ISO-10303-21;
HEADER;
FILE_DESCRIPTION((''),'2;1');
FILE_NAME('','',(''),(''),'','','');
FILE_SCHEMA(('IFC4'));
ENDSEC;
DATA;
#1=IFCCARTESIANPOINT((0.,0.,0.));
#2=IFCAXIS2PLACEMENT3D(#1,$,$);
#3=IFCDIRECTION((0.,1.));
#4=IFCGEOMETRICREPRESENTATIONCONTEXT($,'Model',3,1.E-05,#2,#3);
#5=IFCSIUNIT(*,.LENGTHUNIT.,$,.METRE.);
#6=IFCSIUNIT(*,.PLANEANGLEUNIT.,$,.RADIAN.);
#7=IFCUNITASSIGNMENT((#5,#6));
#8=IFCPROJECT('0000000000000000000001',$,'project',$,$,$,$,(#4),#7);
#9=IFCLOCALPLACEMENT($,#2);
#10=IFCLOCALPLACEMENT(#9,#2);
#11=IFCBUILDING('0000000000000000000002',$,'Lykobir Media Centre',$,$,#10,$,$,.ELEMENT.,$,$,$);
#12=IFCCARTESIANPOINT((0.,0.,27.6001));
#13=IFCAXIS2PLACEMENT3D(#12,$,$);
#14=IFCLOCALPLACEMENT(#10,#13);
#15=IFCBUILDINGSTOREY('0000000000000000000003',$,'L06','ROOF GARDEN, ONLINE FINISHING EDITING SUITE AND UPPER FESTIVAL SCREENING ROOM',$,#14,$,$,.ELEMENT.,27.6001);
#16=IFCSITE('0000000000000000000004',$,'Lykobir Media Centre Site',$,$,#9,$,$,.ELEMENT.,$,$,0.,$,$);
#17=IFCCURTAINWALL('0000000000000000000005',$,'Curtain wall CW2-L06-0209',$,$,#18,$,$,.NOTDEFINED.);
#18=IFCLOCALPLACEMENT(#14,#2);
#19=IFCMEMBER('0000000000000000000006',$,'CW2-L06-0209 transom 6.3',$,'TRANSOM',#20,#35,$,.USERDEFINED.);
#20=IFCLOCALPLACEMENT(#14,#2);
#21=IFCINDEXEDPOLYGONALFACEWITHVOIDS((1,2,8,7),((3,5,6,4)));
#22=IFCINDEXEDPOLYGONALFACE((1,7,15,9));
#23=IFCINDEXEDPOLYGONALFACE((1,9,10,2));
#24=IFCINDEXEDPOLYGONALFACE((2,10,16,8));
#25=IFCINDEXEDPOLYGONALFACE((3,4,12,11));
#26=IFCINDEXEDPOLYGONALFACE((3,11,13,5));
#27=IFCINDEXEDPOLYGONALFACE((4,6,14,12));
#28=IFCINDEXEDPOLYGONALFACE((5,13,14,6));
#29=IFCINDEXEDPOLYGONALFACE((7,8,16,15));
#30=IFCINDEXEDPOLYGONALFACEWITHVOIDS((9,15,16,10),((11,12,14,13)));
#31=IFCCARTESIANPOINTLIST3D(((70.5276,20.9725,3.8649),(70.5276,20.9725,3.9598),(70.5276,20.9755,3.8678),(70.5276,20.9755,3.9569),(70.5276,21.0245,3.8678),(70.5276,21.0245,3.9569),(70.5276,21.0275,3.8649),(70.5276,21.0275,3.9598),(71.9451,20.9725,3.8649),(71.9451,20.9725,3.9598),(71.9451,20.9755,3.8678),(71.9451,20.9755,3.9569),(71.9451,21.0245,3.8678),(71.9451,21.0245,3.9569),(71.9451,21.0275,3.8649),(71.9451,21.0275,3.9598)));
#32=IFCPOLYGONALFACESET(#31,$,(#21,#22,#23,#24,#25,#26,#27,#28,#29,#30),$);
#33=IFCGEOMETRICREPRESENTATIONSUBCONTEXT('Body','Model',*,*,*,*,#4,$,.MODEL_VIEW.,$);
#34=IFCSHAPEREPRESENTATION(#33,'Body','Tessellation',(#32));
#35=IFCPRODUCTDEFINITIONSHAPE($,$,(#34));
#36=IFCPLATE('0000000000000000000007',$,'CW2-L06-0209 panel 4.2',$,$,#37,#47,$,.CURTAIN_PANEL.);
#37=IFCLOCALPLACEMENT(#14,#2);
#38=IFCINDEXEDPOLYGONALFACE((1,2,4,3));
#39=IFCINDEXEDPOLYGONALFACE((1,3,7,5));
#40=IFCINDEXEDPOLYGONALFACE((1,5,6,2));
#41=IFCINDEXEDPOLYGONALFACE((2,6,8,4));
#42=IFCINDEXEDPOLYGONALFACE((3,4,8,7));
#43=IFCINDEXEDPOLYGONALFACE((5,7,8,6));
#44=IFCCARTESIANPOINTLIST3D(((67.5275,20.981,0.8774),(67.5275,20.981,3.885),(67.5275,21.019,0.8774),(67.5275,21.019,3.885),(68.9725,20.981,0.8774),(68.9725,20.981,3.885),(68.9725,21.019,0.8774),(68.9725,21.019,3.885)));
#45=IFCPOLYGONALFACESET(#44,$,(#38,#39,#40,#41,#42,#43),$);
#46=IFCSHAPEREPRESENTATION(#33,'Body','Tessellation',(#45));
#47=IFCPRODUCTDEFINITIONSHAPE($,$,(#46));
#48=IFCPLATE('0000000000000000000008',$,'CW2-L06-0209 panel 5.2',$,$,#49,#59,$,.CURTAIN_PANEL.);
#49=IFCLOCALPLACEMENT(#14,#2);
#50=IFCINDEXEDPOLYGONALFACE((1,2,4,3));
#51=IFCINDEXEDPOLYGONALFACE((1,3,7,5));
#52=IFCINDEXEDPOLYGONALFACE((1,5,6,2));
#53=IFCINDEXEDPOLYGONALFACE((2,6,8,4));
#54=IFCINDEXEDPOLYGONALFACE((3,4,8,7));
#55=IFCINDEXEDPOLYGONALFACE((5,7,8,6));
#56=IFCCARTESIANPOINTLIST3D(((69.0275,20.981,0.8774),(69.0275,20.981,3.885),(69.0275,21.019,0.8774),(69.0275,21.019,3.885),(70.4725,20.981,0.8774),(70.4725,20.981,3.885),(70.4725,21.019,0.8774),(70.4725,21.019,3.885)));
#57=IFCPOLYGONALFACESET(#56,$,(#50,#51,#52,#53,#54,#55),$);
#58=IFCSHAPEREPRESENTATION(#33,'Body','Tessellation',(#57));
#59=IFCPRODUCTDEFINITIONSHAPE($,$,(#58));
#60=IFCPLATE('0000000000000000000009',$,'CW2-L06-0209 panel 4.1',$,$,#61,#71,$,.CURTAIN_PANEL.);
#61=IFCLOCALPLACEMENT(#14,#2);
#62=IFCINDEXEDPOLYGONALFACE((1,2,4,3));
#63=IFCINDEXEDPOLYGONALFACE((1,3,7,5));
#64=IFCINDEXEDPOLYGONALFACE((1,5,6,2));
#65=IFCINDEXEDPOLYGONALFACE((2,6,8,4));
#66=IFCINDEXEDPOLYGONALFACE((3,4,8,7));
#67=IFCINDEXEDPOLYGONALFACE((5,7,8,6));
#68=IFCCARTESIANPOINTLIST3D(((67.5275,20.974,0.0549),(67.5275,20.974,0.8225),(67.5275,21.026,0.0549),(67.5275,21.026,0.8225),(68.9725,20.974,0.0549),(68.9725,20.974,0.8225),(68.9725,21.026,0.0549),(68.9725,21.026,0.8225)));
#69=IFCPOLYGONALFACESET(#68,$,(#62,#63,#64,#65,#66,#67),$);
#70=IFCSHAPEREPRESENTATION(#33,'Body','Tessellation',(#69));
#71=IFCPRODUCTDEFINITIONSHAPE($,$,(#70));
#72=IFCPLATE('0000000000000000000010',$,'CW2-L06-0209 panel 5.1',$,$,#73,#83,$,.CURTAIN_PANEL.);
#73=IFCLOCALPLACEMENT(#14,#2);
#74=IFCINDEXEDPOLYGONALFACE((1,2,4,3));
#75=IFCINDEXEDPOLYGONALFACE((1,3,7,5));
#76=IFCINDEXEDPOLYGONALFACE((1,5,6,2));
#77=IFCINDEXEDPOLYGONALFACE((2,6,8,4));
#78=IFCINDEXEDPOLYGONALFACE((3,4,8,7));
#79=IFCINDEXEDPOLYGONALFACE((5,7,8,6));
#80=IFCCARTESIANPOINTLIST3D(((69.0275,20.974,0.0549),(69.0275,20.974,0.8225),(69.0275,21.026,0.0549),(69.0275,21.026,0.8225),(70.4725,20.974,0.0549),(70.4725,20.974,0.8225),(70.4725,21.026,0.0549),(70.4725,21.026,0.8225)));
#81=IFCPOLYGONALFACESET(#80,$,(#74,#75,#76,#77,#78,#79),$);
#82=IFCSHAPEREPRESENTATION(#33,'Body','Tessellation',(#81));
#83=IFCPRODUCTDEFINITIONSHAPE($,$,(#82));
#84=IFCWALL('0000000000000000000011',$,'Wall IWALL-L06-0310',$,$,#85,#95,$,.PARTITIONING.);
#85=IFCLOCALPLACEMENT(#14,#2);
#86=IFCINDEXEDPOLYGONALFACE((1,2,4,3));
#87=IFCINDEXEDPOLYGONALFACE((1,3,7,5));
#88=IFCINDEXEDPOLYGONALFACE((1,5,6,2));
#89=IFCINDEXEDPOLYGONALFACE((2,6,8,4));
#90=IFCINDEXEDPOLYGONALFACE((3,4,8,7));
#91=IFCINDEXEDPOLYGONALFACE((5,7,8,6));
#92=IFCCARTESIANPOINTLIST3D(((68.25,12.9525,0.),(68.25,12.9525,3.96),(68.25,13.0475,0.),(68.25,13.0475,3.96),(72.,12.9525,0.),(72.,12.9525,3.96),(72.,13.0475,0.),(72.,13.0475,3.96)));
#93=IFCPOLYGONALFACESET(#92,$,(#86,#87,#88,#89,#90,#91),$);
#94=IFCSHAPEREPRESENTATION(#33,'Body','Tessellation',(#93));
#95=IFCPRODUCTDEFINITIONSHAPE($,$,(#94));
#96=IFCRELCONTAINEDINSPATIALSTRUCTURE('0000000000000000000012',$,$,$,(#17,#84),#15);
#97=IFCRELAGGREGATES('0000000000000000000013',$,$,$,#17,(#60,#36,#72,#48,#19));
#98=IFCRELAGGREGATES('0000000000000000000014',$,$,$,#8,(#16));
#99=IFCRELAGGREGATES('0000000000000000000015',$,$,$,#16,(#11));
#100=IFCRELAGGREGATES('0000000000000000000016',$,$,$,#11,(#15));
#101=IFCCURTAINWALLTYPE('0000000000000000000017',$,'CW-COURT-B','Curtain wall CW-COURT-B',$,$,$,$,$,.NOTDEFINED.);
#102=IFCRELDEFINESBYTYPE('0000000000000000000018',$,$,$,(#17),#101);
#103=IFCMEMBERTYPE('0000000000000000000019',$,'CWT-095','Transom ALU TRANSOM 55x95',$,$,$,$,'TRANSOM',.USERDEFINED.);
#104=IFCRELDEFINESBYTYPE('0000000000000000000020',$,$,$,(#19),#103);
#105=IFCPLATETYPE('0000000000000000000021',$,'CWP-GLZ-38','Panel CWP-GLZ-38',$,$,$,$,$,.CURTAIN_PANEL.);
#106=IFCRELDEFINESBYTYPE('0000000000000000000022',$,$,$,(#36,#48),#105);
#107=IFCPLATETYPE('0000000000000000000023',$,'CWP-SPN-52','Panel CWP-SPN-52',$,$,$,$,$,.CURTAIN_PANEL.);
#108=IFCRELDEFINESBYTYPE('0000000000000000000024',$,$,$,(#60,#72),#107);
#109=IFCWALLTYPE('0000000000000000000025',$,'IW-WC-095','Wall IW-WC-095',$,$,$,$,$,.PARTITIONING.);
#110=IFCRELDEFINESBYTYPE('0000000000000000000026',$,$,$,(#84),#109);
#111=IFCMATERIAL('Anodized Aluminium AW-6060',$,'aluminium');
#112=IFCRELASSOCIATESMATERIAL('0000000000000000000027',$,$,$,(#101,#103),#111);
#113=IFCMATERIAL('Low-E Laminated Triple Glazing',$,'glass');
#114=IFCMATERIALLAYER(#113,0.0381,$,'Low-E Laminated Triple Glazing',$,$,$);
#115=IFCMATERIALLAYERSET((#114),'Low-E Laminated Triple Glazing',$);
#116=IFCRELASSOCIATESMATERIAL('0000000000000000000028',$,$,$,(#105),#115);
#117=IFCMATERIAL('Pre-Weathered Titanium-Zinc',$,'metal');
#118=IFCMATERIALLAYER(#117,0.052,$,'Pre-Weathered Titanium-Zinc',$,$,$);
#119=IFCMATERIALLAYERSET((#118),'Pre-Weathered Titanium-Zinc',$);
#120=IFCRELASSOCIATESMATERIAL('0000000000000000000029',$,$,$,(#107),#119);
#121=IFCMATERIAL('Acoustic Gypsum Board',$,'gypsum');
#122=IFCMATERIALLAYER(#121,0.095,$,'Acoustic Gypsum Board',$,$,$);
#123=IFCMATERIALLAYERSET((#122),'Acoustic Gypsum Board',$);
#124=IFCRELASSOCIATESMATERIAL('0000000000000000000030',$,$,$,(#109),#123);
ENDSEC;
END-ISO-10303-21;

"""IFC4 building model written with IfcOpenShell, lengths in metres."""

from ifc_helpers import new_model, si_unit, direction, frame, frame_2d, origin, origin_2d, place, context, subcontext, project, spatial, rectangle, hollow_rectangle, extrude, material, layer, layer_set, material_profile, profile_set, type_object, element, aggregate, save


model = new_model("IFC4")

# Units and contexts
model_context = context("Model", 3, precision=1e-05, world=origin(), true_north=direction((0.0, 1.0)))
body_context = subcontext(model_context, "Body", "Model", "MODEL_VIEW")
ifc_project = project(units=[si_unit("LENGTHUNIT", "METRE"), si_unit("PLANEANGLEUNIT", "RADIAN")], contexts=[model_context])

# Site, building, storey
site_placement = place(None, origin())
site = spatial("IfcSite", under=ifc_project, at=site_placement, Name="Lykobir Media Centre Site", CompositionType="ELEMENT", RefElevation=0.0)
building_placement = place(site_placement, origin())
building = spatial("IfcBuilding", under=site, at=building_placement, Name="Lykobir Media Centre", CompositionType="ELEMENT")
storey_placement = place(building_placement, frame((0.0, 0.0, 27.6001)))
storey = spatial("IfcBuildingStorey", under=building, at=storey_placement, Name="L06", Description="ROOF GARDEN, ONLINE FINISHING EDITING SUITE AND UPPER FESTIVAL SCREENING ROOM", CompositionType="ELEMENT", Elevation=27.6001)

# Curtain wall, member, plates
ifc_material_1 = material(Name="Anodized Aluminium AW-6060", Category="aluminium")
curtain_wall_type = type_object("IfcCurtainWallType", Name="CW-COURT-B", Description="Curtain wall CW-COURT-B", PredefinedType="NOTDEFINED", material=ifc_material_1)
curtain_wall_placement = place(storey_placement, origin())
curtain_wall = element("IfcCurtainWall", 1, at=curtain_wall_placement, inside=storey, type_object=curtain_wall_type, Name="Curtain wall CW2-L06-0209", PredefinedType="NOTDEFINED")
ifc_material_profile_1 = material_profile(ifc_material_1, hollow_rectangle(XDim=0.0549, YDim=0.095, WallThickness=0.0029, at=origin_2d()), Name="ALU TRANSOM 55x95")
ifc_profile_set_1 = profile_set([ifc_material_profile_1], Name="Anodized Aluminium AW-6060")
member_type_1 = type_object("IfcMemberType", Name="CWT-095", Description="Transom ALU TRANSOM 55x95", ElementType="TRANSOM", PredefinedType="USERDEFINED", material=ifc_profile_set_1)
member_1_placement = place(storey_placement, frame((70.5276, 21.0, 3.9124), z_axis=(1.0, 0.0, 0.0), x_axis=(0.0, 1.0, 0.0)))
member_1 = element("IfcMember", 2, at=member_1_placement, type_object=member_type_1, Name="CW2-L06-0209 transom 6.3", ObjectType="TRANSOM", PredefinedType="USERDEFINED", context=body_context, shape_type="SweptSolid", body=[
    extrude(hollow_rectangle(XDim=0.0549, YDim=0.095, WallThickness=0.0029, at=origin_2d()), origin(), (0.0, 0.0, 1.0), 1.4175),
])
ifc_material_2 = material(Name="Low-E Laminated Triple Glazing", Category="glass")
ifc_layer_1 = layer(ifc_material_2, 0.0381, Name="Low-E Laminated Triple Glazing")
ifc_layer_set_1 = layer_set([ifc_layer_1], Name="Low-E Laminated Triple Glazing")
plate_type_1 = type_object("IfcPlateType", Name="CWP-GLZ-38", Description="Panel CWP-GLZ-38", PredefinedType="CURTAIN_PANEL", material=ifc_layer_set_1)
plate_1_placement = place(storey_placement, frame((68.25, 21.0, 0.8774), z_axis=(0.0, 0.0, 1.0), x_axis=(1.0, 0.0, 0.0)))
plate_1 = element("IfcPlate", 3, at=plate_1_placement, type_object=plate_type_1, Name="CW2-L06-0209 panel 4.2", PredefinedType="CURTAIN_PANEL", context=body_context, shape_type="SweptSolid", body=[
    extrude(rectangle(XDim=1.4451, YDim=0.0381, at=origin_2d()), origin(), (0.0, 0.0, 1.0), 3.0076),
])
plate_2_placement = place(storey_placement, frame((69.75, 21.0, 0.8774), z_axis=(0.0, 0.0, 1.0), x_axis=(1.0, 0.0, 0.0)))
plate_2 = element("IfcPlate", 4, at=plate_2_placement, type_object=plate_type_1, Name="CW2-L06-0209 panel 5.2", PredefinedType="CURTAIN_PANEL", context=body_context, shape_type="SweptSolid", body=[
    extrude(rectangle(XDim=1.4451, YDim=0.0381, at=origin_2d()), origin(), (0.0, 0.0, 1.0), 3.0076),
])
ifc_material_3 = material(Name="Pre-Weathered Titanium-Zinc", Category="metal")
ifc_layer_2 = layer(ifc_material_3, 0.052, Name="Pre-Weathered Titanium-Zinc")
ifc_layer_set_2 = layer_set([ifc_layer_2], Name="Pre-Weathered Titanium-Zinc")
plate_type_2 = type_object("IfcPlateType", Name="CWP-SPN-52", Description="Panel CWP-SPN-52", PredefinedType="CURTAIN_PANEL", material=ifc_layer_set_2)
plate_3_placement = place(storey_placement, frame((68.25, 21.0, 0.0549), z_axis=(0.0, 0.0, 1.0), x_axis=(1.0, 0.0, 0.0)))
plate_3 = element("IfcPlate", 5, at=plate_3_placement, type_object=plate_type_2, Name="CW2-L06-0209 panel 4.1", PredefinedType="CURTAIN_PANEL", context=body_context, shape_type="SweptSolid", body=[
    extrude(rectangle(XDim=1.4451, YDim=0.052, at=origin_2d()), origin(), (0.0, 0.0, 1.0), 0.7676),
])
plate_4_placement = place(storey_placement, frame((69.75, 21.0, 0.0549), z_axis=(0.0, 0.0, 1.0), x_axis=(1.0, 0.0, 0.0)))
plate_4 = element("IfcPlate", 6, at=plate_4_placement, type_object=plate_type_2, Name="CW2-L06-0209 panel 5.1", PredefinedType="CURTAIN_PANEL", context=body_context, shape_type="SweptSolid", body=[
    extrude(rectangle(XDim=1.4451, YDim=0.052, at=origin_2d()), origin(), (0.0, 0.0, 1.0), 0.7676),
])
aggregate(curtain_wall, [plate_3, plate_1, plate_4, plate_2, member_1])

# Wall
ifc_material_4 = material(Name="Acoustic Gypsum Board", Category="gypsum")
ifc_layer_3 = layer(ifc_material_4, 0.095, Name="Acoustic Gypsum Board")
ifc_layer_set_3 = layer_set([ifc_layer_3], Name="Acoustic Gypsum Board")
wall_type = type_object("IfcWallType", Name="IW-WC-095", Description="Wall IW-WC-095", PredefinedType="PARTITIONING", material=ifc_layer_set_3)
wall_placement = place(storey_placement, frame((68.25, 13.0, 0.0), z_axis=(0.0, 0.0, 1.0), x_axis=(1.0, 0.0, 0.0)))
element("IfcWall", 7, at=wall_placement, inside=storey, type_object=wall_type, Name="Wall IWALL-L06-0310", PredefinedType="PARTITIONING", context=body_context, shape_type="SweptSolid", body=[
    extrude(rectangle(XDim=3.75, YDim=0.095, at=frame_2d((1.875, 0.0))), origin(), (0.0, 0.0, 1.0), 3.96),
])

save(model, "model.ifc")
